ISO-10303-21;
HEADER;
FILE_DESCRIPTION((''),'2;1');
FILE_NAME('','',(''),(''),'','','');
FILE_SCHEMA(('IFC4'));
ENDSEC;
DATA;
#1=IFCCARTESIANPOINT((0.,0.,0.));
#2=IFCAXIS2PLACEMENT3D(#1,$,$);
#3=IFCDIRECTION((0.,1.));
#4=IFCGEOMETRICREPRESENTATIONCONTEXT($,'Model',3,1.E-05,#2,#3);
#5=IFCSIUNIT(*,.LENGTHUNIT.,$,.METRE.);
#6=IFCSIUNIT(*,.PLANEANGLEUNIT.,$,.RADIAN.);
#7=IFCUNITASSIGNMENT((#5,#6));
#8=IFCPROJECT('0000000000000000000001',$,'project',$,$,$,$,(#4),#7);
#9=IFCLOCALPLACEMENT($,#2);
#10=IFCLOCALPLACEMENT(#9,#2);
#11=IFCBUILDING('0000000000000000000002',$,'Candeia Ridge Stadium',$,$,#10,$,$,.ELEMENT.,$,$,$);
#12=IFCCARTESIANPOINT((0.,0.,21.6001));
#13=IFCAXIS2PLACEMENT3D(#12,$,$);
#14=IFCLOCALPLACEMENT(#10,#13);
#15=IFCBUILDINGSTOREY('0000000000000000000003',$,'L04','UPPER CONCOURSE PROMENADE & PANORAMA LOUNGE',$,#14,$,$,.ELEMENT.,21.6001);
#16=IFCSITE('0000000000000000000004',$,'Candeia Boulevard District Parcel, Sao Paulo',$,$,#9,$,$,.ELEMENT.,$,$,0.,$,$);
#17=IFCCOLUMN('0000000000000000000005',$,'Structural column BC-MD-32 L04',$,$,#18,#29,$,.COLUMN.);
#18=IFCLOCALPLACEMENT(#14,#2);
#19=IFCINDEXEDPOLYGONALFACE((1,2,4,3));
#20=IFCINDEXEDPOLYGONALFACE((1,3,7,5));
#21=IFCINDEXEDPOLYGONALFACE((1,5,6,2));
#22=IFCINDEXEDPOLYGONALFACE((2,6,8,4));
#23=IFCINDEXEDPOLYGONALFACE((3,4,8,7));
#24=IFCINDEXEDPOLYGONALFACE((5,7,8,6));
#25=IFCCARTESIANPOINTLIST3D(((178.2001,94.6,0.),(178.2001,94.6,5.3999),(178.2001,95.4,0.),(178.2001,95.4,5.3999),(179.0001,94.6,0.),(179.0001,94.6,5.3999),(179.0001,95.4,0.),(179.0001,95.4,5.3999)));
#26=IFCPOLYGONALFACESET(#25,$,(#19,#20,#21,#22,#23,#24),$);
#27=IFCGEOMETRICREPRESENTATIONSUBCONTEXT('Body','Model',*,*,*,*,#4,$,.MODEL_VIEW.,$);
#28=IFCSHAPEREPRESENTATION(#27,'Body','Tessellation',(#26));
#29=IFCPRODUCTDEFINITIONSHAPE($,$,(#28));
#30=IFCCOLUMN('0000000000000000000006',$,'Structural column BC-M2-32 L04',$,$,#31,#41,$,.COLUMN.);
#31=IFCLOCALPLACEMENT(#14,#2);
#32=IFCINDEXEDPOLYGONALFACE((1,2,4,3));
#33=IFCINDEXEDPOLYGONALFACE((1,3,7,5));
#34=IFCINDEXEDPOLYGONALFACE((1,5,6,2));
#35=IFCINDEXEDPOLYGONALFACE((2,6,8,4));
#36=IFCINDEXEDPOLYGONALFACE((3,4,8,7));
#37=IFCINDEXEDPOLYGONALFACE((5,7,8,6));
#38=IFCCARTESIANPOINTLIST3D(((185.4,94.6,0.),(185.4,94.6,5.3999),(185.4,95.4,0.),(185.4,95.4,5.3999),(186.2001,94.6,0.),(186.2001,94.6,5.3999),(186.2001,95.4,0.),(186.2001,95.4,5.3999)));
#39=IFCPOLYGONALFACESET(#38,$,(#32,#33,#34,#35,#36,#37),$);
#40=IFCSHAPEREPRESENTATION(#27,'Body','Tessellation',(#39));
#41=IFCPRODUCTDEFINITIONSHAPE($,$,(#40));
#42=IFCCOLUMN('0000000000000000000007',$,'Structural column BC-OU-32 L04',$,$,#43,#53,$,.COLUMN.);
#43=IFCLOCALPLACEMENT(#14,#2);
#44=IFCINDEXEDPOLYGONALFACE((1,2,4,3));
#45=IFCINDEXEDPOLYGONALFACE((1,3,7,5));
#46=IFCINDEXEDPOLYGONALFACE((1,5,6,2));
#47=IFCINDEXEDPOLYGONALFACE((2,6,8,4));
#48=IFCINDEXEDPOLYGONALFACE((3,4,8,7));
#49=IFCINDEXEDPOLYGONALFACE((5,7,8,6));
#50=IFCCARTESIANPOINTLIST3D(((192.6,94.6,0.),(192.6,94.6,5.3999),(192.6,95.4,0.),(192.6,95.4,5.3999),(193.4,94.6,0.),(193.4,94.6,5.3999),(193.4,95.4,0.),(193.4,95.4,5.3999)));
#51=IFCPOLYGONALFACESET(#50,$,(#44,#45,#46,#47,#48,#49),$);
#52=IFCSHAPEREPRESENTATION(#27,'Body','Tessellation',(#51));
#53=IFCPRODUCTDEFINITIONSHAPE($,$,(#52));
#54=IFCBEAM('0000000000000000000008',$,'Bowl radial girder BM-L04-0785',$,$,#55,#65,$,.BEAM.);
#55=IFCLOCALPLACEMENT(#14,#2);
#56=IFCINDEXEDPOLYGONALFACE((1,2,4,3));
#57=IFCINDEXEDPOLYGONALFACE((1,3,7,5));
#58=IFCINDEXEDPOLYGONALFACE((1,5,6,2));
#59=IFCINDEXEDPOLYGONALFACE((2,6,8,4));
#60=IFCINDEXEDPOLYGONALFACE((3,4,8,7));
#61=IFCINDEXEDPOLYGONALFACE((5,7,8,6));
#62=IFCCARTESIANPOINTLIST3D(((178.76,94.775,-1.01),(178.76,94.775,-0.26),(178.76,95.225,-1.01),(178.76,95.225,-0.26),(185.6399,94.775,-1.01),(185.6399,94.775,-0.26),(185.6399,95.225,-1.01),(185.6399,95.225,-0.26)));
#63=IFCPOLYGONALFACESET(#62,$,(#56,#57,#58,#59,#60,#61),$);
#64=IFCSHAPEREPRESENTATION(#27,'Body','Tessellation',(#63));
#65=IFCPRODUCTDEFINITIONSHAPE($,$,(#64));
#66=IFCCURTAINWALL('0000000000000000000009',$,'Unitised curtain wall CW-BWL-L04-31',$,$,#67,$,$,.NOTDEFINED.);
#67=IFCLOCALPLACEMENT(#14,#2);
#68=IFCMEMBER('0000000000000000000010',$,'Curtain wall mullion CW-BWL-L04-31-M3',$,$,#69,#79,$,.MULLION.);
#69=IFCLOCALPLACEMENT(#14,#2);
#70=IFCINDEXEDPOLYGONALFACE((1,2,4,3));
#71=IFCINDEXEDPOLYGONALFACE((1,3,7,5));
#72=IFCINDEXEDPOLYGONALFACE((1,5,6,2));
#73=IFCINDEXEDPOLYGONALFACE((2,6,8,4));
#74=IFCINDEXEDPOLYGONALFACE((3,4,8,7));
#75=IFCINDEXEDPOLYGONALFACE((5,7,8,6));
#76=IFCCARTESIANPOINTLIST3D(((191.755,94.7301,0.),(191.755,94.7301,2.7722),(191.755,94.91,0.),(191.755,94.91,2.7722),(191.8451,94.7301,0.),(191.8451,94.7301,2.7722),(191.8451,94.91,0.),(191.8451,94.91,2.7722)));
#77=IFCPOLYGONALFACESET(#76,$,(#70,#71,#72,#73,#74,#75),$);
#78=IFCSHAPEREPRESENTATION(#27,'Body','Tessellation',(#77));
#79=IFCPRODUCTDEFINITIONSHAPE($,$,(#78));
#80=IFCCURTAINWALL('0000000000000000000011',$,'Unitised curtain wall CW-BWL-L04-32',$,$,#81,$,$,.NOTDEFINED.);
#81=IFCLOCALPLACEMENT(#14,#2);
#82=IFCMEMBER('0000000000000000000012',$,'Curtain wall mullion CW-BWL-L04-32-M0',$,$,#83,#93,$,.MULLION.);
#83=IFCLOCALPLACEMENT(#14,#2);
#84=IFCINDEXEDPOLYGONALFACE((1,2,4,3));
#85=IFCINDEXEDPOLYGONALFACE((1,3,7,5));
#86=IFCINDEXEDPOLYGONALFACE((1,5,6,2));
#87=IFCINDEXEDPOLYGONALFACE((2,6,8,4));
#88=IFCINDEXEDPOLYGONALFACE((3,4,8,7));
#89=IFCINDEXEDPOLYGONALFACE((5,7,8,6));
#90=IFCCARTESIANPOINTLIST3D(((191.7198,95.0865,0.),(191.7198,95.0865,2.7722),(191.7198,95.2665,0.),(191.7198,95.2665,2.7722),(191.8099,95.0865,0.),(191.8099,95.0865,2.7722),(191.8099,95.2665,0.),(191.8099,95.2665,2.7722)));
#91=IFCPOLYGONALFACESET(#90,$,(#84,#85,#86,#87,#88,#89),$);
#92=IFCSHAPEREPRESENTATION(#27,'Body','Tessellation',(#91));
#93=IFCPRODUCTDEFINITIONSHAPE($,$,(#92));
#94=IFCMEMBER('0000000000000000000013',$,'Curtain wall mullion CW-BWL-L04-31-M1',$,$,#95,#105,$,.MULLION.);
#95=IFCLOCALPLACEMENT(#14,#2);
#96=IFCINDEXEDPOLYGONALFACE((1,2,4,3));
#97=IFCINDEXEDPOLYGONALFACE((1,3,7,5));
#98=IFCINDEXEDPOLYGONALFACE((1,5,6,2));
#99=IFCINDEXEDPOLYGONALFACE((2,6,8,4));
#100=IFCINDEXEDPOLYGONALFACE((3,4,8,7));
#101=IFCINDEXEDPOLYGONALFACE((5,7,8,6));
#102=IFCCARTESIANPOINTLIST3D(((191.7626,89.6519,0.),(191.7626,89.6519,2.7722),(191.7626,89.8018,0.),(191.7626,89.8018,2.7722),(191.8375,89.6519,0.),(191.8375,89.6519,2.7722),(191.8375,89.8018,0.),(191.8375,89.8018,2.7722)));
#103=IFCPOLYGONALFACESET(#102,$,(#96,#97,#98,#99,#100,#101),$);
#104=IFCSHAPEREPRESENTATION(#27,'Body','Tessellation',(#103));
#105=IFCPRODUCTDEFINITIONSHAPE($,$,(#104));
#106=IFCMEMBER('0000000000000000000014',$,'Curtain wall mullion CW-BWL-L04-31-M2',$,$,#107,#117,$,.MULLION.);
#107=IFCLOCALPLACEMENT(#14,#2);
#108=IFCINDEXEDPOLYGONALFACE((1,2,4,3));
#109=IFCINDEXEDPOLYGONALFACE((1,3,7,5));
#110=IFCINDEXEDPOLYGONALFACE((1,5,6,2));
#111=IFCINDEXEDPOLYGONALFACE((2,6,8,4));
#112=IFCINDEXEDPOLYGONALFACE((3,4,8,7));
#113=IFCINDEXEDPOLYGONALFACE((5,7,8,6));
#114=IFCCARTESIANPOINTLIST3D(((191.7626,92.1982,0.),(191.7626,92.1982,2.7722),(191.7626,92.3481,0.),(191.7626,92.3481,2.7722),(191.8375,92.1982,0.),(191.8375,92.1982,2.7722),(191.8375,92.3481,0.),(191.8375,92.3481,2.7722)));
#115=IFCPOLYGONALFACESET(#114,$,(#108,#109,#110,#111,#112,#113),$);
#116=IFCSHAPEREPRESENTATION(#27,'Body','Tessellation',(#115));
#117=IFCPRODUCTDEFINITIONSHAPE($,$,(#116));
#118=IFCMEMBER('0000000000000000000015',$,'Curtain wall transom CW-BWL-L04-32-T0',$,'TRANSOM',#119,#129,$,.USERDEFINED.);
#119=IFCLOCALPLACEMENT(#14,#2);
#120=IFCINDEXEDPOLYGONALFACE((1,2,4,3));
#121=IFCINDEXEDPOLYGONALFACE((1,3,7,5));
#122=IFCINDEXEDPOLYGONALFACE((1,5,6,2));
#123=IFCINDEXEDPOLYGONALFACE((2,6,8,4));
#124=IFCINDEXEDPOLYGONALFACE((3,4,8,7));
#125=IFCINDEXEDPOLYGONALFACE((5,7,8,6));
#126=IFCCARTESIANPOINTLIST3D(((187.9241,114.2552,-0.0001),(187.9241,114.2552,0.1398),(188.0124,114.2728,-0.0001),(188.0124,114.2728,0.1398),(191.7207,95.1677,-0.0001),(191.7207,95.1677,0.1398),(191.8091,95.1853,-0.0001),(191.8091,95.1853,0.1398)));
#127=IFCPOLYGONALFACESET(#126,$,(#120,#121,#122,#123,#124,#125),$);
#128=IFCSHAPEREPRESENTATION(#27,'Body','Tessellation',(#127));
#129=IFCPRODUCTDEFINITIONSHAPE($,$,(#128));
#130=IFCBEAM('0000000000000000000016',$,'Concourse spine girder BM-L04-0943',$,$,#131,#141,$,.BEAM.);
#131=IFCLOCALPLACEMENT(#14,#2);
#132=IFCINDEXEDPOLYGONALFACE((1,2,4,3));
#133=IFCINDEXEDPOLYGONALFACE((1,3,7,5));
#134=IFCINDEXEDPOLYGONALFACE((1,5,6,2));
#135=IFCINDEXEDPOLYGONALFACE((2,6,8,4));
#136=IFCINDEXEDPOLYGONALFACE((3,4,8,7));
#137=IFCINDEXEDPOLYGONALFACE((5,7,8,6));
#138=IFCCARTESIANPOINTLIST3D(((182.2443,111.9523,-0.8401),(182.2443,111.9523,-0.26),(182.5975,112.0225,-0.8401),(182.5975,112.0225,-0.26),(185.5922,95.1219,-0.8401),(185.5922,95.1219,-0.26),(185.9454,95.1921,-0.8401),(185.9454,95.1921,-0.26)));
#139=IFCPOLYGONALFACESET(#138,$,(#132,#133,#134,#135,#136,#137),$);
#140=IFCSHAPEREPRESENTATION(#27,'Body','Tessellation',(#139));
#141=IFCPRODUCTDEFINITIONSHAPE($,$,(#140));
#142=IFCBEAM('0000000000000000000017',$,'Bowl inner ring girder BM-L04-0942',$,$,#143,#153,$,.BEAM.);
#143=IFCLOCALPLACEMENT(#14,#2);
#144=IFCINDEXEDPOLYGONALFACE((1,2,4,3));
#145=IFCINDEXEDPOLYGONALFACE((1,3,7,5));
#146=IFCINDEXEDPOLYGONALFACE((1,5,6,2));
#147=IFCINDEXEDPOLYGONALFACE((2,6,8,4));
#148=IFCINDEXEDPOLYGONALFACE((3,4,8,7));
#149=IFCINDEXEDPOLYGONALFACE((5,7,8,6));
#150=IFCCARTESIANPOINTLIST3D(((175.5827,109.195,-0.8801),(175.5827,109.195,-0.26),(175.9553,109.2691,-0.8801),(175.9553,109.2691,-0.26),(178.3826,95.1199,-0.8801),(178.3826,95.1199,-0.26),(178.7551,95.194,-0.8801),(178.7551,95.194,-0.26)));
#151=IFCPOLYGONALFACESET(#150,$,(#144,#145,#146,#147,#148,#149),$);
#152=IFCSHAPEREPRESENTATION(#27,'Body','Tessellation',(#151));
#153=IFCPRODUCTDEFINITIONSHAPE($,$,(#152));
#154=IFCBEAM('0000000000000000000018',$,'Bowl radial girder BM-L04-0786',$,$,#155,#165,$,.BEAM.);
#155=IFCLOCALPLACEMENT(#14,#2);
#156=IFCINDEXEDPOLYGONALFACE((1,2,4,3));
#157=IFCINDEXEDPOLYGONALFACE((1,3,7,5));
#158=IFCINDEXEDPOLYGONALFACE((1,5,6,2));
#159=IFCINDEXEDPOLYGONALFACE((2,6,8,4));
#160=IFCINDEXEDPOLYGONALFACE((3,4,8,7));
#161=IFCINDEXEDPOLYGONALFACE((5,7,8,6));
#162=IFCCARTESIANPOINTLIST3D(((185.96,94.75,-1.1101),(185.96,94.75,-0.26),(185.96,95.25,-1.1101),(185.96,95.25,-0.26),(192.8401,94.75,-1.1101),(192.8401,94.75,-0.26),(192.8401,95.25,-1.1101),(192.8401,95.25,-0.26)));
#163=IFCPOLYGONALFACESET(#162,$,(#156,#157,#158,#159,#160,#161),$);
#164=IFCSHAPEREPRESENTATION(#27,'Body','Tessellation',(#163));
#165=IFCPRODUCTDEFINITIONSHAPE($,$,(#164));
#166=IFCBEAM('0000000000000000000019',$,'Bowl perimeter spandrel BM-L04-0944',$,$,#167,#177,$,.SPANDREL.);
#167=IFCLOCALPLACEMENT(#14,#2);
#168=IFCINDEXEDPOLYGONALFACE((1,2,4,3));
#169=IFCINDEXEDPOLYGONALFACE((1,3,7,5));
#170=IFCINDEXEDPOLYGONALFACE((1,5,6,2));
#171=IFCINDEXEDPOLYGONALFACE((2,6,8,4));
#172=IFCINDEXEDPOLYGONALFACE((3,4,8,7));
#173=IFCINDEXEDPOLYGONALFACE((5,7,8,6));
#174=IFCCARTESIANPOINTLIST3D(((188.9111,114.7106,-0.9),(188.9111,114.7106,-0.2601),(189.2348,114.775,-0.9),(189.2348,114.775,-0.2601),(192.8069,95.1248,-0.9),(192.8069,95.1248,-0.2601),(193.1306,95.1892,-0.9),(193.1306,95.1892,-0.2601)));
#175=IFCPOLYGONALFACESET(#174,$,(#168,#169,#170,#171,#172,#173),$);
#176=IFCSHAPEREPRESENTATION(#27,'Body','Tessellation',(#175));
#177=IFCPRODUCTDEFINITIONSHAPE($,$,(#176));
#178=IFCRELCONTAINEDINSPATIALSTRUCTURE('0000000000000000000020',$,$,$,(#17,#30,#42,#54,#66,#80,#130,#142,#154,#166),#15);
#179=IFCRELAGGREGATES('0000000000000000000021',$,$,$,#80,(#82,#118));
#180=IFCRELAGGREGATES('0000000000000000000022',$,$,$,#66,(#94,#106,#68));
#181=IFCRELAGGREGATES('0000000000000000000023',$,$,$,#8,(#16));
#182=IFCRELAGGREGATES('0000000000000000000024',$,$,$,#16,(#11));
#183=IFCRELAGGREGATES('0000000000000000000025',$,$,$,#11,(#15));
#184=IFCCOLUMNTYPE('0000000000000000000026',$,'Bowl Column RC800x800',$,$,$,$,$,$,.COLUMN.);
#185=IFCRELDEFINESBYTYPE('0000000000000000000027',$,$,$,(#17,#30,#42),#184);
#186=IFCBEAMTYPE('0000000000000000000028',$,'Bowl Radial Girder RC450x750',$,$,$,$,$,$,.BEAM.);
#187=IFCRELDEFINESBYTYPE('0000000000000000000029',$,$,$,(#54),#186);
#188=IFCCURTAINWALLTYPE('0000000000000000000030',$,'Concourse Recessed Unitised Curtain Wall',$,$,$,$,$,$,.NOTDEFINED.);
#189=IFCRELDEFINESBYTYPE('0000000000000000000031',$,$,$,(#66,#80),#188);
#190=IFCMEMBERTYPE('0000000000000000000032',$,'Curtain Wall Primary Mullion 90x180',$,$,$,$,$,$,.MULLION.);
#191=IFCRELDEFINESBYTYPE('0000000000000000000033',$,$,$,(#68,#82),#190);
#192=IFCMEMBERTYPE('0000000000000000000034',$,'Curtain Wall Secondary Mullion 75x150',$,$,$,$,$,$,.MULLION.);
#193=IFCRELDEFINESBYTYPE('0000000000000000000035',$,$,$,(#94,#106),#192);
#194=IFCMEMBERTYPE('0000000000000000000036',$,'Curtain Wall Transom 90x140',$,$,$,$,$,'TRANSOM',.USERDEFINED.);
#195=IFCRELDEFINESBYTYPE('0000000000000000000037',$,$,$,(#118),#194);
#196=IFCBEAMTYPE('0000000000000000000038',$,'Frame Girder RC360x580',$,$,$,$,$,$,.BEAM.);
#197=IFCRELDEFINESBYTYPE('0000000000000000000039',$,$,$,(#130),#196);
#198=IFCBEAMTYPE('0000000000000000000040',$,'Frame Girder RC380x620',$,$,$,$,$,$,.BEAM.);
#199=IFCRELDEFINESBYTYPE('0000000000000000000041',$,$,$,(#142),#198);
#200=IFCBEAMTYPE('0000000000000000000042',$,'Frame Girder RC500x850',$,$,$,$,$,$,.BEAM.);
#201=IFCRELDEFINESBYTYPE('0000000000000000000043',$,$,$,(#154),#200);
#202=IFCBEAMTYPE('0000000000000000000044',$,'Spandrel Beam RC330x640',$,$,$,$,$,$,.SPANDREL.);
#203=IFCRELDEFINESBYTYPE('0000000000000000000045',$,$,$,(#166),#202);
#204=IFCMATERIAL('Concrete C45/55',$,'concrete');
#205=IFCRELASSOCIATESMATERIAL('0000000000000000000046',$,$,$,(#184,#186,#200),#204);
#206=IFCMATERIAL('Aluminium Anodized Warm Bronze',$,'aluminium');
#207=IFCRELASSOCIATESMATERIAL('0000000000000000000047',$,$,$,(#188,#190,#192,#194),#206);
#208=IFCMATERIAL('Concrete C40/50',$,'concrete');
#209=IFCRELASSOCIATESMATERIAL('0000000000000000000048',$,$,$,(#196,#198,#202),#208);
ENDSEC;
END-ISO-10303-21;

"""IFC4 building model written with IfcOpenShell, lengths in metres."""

from ifc_helpers import new_model, si_unit, direction, frame, origin, origin_2d, place, context, subcontext, project, spatial, rectangle, extrude, material, material_profile, profile_set, type_object, element, aggregate, save


model = new_model("IFC4")

# Units and contexts
model_context = context("Model", 3, precision=1e-05, world=origin(), true_north=direction((0.0, 1.0)))
body_context = subcontext(model_context, "Body", "Model", "MODEL_VIEW")
ifc_project = project(units=[si_unit("LENGTHUNIT", "METRE"), si_unit("PLANEANGLEUNIT", "RADIAN")], contexts=[model_context])

# Site, building, storey
site_placement = place(None, origin())
site = spatial("IfcSite", under=ifc_project, at=site_placement, Name="Candeia Boulevard District Parcel, Sao Paulo", CompositionType="ELEMENT", RefElevation=0.0)
building_placement = place(site_placement, origin())
building = spatial("IfcBuilding", under=site, at=building_placement, Name="Candeia Ridge Stadium", CompositionType="ELEMENT")
storey_placement = place(building_placement, frame((0.0, 0.0, 21.6001)))
storey = spatial("IfcBuildingStorey", under=building, at=storey_placement, Name="L04", Description="UPPER CONCOURSE PROMENADE & PANORAMA LOUNGE", CompositionType="ELEMENT", Elevation=21.6001)

# Columns
ifc_material_1 = material(Name="Concrete C45/55", Category="concrete")
ifc_material_profile_1 = material_profile(ifc_material_1, rectangle(XDim=0.8, YDim=0.8, at=origin_2d()), Name="RC800x800", Category="concrete")
ifc_profile_set_1 = profile_set([ifc_material_profile_1], Name="Concrete C45/55")
column_type = type_object("IfcColumnType", Name="Bowl Column RC800x800", PredefinedType="COLUMN", material=ifc_profile_set_1)
for number, where, z_axis, x_axis, name in (
    (1, (178.6001, 95.0, 0.0), (0.0, 0.0, 1.0), (1.0, 0.0, 0.0), "Structural column BC-MD-32 L04"),
    (2, (185.8, 95.0, 0.0), (0.0, 0.0, 1.0), (1.0, 0.0, 0.0), "Structural column BC-M2-32 L04"),
    (3, (193.0, 95.0, 0.0), (0.0, 0.0, 1.0), (1.0, 0.0, 0.0), "Structural column BC-OU-32 L04"),
):
    element("IfcColumn", number, at=place(storey_placement, frame(where, z_axis=z_axis, x_axis=x_axis)), inside=storey, type_object=column_type, Name=name, PredefinedType="COLUMN", context=body_context, shape_type="SweptSolid", body=[
        extrude(rectangle(XDim=0.8, YDim=0.8, at=origin_2d()), origin(), (0.0, 0.0, 1.0), 5.3999),
    ])

# Beam
ifc_material_profile_2 = material_profile(ifc_material_1, rectangle(XDim=0.45, YDim=0.75, at=origin_2d()), Name="RC450x750", Category="concrete")
ifc_profile_set_2 = profile_set([ifc_material_profile_2], Name="Concrete C45/55")
beam_type_1 = type_object("IfcBeamType", Name="Bowl Radial Girder RC450x750", PredefinedType="BEAM", material=ifc_profile_set_2)
beam_1_placement = place(storey_placement, frame((178.76, 95.0, -0.635), z_axis=(1.0, 0.0, 0.0), x_axis=(0.0, 1.0, 0.0)))
element("IfcBeam", 4, at=beam_1_placement, inside=storey, type_object=beam_type_1, Name="Bowl radial girder BM-L04-0785", PredefinedType="BEAM", context=body_context, shape_type="SweptSolid", body=[
    extrude(rectangle(XDim=0.45, YDim=0.75, at=origin_2d()), origin(), (0.0, 0.0, 1.0), 6.8799),
])

# Curtain walls, members
ifc_material_2 = material(Name="Aluminium Anodized Warm Bronze", Category="aluminium")
curtain_wall_type = type_object("IfcCurtainWallType", Name="Concourse Recessed Unitised Curtain Wall", PredefinedType="NOTDEFINED", material=ifc_material_2)
curtain_wall_1_placement = place(storey_placement, origin())
curtain_wall_1 = element("IfcCurtainWall", 5, at=curtain_wall_1_placement, inside=storey, type_object=curtain_wall_type, Name="Unitised curtain wall CW-BWL-L04-31", PredefinedType="NOTDEFINED")
ifc_material_profile_3 = material_profile(ifc_material_2, rectangle(XDim=0.0901, YDim=0.1799, at=origin_2d()), Name="CWM-90x180", Category="aluminium")
ifc_profile_set_3 = profile_set([ifc_material_profile_3], Name="Aluminium Anodized Warm Bronze")
member_type_1 = type_object("IfcMemberType", Name="Curtain Wall Primary Mullion 90x180", PredefinedType="MULLION", material=ifc_profile_set_3)
member_1_placement = place(storey_placement, frame((191.8, 94.8201, 0.0), z_axis=(0.0, 0.0, 1.0), x_axis=(1.0, 0.0, 0.0)))
member_1 = element("IfcMember", 6, at=member_1_placement, type_object=member_type_1, Name="Curtain wall mullion CW-BWL-L04-31-M3", PredefinedType="MULLION", context=body_context, shape_type="SweptSolid", body=[
    extrude(rectangle(XDim=0.0901, YDim=0.1799, at=origin_2d()), origin(), (0.0, 0.0, 1.0), 2.7722),
])
curtain_wall_2_placement = place(storey_placement, origin())
curtain_wall_2 = element("IfcCurtainWall", 7, at=curtain_wall_2_placement, inside=storey, type_object=curtain_wall_type, Name="Unitised curtain wall CW-BWL-L04-32", PredefinedType="NOTDEFINED")
member_2_placement = place(storey_placement, frame((191.7649, 95.1765, 0.0), z_axis=(0.0, 0.0, 1.0), x_axis=(1.0, 0.0, 0.0)))
member_2 = element("IfcMember", 8, at=member_2_placement, type_object=member_type_1, Name="Curtain wall mullion CW-BWL-L04-32-M0", PredefinedType="MULLION", context=body_context, shape_type="SweptSolid", body=[
    extrude(rectangle(XDim=0.0901, YDim=0.1799, at=origin_2d()), origin(), (0.0, 0.0, 1.0), 2.7722),
])

# Members
ifc_material_profile_4 = material_profile(ifc_material_2, rectangle(XDim=0.075, YDim=0.1499, at=origin_2d()), Name="CWM-75x150", Category="aluminium")
ifc_profile_set_4 = profile_set([ifc_material_profile_4], Name="Aluminium Anodized Warm Bronze")
member_type_2 = type_object("IfcMemberType", Name="Curtain Wall Secondary Mullion 75x150", PredefinedType="MULLION", material=ifc_profile_set_4)
member_3_placement = place(storey_placement, frame((191.8, 89.7268, 0.0), z_axis=(0.0, 0.0, 1.0), x_axis=(1.0, 0.0, 0.0)))
member_3 = element("IfcMember", 9, at=member_3_placement, type_object=member_type_2, Name="Curtain wall mullion CW-BWL-L04-31-M1", PredefinedType="MULLION", context=body_context, shape_type="SweptSolid", body=[
    extrude(rectangle(XDim=0.075, YDim=0.1499, at=origin_2d()), origin(), (0.0, 0.0, 1.0), 2.7722),
])
member_4_placement = place(storey_placement, frame((191.8, 92.2732, 0.0), z_axis=(0.0, 0.0, 1.0), x_axis=(1.0, 0.0, 0.0)))
member_4 = element("IfcMember", 10, at=member_4_placement, type_object=member_type_2, Name="Curtain wall mullion CW-BWL-L04-31-M2", PredefinedType="MULLION", context=body_context, shape_type="SweptSolid", body=[
    extrude(rectangle(XDim=0.075, YDim=0.1499, at=origin_2d()), origin(), (0.0, 0.0, 1.0), 2.7722),
])
ifc_material_profile_5 = material_profile(ifc_material_2, rectangle(XDim=0.0901, YDim=0.1399, at=origin_2d()), Name="CWT-90x140", Category="aluminium")
ifc_profile_set_5 = profile_set([ifc_material_profile_5], Name="Aluminium Anodized Warm Bronze")
member_type_3 = type_object("IfcMemberType", Name="Curtain Wall Transom 90x140", ElementType="TRANSOM", PredefinedType="USERDEFINED", material=ifc_profile_set_5)
member_5_placement = place(storey_placement, frame((191.7649, 95.1765, 0.0698), z_axis=(-0.195086, 0.980786, 0.0), x_axis=(-0.980786, -0.195086, 0.0)))
member_5 = element("IfcMember", 11, at=member_5_placement, type_object=member_type_3, Name="Curtain wall transom CW-BWL-L04-32-T0", ObjectType="TRANSOM", PredefinedType="USERDEFINED", context=body_context, shape_type="SweptSolid", body=[
    extrude(rectangle(XDim=0.0901, YDim=0.1399, at=origin_2d()), origin(), (0.0, 0.0, 1.0), 19.4614),
])
aggregate(curtain_wall_2, [member_2, member_5])

# Beams
ifc_material_3 = material(Name="Concrete C40/50", Category="concrete")
ifc_material_profile_6 = material_profile(ifc_material_3, rectangle(XDim=0.3601, YDim=0.5801, at=origin_2d()), Name="RC360x580", Category="concrete")
ifc_profile_set_6 = profile_set([ifc_material_profile_6], Name="Concrete C40/50")
beam_type_2 = type_object("IfcBeamType", Name="Frame Girder RC360x580", PredefinedType="BEAM", material=ifc_profile_set_6)
beam_2_placement = place(storey_placement, frame((185.7688, 95.157, -0.55), z_axis=(-0.195098, 0.980784, 0.0), x_axis=(-0.980784, -0.195098, 0.0)))
element("IfcBeam", 12, at=beam_2_placement, inside=storey, type_object=beam_type_2, Name="Concourse spine girder BM-L04-0943", PredefinedType="BEAM", context=body_context, shape_type="SweptSolid", body=[
    extrude(rectangle(XDim=0.3601, YDim=0.5801, at=origin_2d()), origin(), (0.0, 0.0, 1.0), 17.1602),
])
ifc_material_profile_7 = material_profile(ifc_material_3, rectangle(XDim=0.3799, YDim=0.6201, at=origin_2d()), Name="RC380x620", Category="concrete")
ifc_profile_set_7 = profile_set([ifc_material_profile_7], Name="Concrete C40/50")
beam_type_3 = type_object("IfcBeamType", Name="Frame Girder RC380x620", PredefinedType="BEAM", material=ifc_profile_set_7)
beam_3_placement = place(storey_placement, frame((178.5688, 95.157, -0.5701), z_axis=(-0.195099, 0.980784, 0.0), x_axis=(-0.980784, -0.195099, 0.0)))
element("IfcBeam", 13, at=beam_3_placement, inside=storey, type_object=beam_type_3, Name="Bowl inner ring girder BM-L04-0942", PredefinedType="BEAM", context=body_context, shape_type="SweptSolid", body=[
    extrude(rectangle(XDim=0.3799, YDim=0.6201, at=origin_2d()), origin(), (0.0, 0.0, 1.0), 14.3508),
])
ifc_material_profile_8 = material_profile(ifc_material_1, rectangle(XDim=0.5, YDim=0.8501, at=origin_2d()), Name="RC500x850", Category="concrete")
ifc_profile_set_8 = profile_set([ifc_material_profile_8], Name="Concrete C45/55")
beam_type_4 = type_object("IfcBeamType", Name="Frame Girder RC500x850", PredefinedType="BEAM", material=ifc_profile_set_8)
beam_4_placement = place(storey_placement, frame((185.96, 95.0, -0.6851), z_axis=(1.0, 0.0, 0.0), x_axis=(0.0, 1.0, 0.0)))
element("IfcBeam", 14, at=beam_4_placement, inside=storey, type_object=beam_type_4, Name="Bowl radial girder BM-L04-0786", PredefinedType="BEAM", context=body_context, shape_type="SweptSolid", body=[
    extrude(rectangle(XDim=0.5, YDim=0.8501, at=origin_2d()), origin(), (0.0, 0.0, 1.0), 6.8801),
])
ifc_material_profile_9 = material_profile(ifc_material_3, rectangle(XDim=0.3301, YDim=0.6399, at=origin_2d()), Name="RC330x640", Category="concrete")
ifc_profile_set_9 = profile_set([ifc_material_profile_9], Name="Concrete C40/50")
beam_type_5 = type_object("IfcBeamType", Name="Spandrel Beam RC330x640", PredefinedType="SPANDREL", material=ifc_profile_set_9)
beam_5_placement = place(storey_placement, frame((192.9688, 95.157, -0.5801), z_axis=(-0.195086, 0.980786, 0.0), x_axis=(-0.980786, -0.195086, 0.0)))
element("IfcBeam", 15, at=beam_5_placement, inside=storey, type_object=beam_type_5, Name="Bowl perimeter spandrel BM-L04-0944", PredefinedType="SPANDREL", context=body_context, shape_type="SweptSolid", body=[
    extrude(rectangle(XDim=0.3301, YDim=0.6399, at=origin_2d()), origin(), (0.0, 0.0, 1.0), 19.9695),
])

aggregate(curtain_wall_1, [member_3, member_4, member_1])

save(model, "model.ifc")
